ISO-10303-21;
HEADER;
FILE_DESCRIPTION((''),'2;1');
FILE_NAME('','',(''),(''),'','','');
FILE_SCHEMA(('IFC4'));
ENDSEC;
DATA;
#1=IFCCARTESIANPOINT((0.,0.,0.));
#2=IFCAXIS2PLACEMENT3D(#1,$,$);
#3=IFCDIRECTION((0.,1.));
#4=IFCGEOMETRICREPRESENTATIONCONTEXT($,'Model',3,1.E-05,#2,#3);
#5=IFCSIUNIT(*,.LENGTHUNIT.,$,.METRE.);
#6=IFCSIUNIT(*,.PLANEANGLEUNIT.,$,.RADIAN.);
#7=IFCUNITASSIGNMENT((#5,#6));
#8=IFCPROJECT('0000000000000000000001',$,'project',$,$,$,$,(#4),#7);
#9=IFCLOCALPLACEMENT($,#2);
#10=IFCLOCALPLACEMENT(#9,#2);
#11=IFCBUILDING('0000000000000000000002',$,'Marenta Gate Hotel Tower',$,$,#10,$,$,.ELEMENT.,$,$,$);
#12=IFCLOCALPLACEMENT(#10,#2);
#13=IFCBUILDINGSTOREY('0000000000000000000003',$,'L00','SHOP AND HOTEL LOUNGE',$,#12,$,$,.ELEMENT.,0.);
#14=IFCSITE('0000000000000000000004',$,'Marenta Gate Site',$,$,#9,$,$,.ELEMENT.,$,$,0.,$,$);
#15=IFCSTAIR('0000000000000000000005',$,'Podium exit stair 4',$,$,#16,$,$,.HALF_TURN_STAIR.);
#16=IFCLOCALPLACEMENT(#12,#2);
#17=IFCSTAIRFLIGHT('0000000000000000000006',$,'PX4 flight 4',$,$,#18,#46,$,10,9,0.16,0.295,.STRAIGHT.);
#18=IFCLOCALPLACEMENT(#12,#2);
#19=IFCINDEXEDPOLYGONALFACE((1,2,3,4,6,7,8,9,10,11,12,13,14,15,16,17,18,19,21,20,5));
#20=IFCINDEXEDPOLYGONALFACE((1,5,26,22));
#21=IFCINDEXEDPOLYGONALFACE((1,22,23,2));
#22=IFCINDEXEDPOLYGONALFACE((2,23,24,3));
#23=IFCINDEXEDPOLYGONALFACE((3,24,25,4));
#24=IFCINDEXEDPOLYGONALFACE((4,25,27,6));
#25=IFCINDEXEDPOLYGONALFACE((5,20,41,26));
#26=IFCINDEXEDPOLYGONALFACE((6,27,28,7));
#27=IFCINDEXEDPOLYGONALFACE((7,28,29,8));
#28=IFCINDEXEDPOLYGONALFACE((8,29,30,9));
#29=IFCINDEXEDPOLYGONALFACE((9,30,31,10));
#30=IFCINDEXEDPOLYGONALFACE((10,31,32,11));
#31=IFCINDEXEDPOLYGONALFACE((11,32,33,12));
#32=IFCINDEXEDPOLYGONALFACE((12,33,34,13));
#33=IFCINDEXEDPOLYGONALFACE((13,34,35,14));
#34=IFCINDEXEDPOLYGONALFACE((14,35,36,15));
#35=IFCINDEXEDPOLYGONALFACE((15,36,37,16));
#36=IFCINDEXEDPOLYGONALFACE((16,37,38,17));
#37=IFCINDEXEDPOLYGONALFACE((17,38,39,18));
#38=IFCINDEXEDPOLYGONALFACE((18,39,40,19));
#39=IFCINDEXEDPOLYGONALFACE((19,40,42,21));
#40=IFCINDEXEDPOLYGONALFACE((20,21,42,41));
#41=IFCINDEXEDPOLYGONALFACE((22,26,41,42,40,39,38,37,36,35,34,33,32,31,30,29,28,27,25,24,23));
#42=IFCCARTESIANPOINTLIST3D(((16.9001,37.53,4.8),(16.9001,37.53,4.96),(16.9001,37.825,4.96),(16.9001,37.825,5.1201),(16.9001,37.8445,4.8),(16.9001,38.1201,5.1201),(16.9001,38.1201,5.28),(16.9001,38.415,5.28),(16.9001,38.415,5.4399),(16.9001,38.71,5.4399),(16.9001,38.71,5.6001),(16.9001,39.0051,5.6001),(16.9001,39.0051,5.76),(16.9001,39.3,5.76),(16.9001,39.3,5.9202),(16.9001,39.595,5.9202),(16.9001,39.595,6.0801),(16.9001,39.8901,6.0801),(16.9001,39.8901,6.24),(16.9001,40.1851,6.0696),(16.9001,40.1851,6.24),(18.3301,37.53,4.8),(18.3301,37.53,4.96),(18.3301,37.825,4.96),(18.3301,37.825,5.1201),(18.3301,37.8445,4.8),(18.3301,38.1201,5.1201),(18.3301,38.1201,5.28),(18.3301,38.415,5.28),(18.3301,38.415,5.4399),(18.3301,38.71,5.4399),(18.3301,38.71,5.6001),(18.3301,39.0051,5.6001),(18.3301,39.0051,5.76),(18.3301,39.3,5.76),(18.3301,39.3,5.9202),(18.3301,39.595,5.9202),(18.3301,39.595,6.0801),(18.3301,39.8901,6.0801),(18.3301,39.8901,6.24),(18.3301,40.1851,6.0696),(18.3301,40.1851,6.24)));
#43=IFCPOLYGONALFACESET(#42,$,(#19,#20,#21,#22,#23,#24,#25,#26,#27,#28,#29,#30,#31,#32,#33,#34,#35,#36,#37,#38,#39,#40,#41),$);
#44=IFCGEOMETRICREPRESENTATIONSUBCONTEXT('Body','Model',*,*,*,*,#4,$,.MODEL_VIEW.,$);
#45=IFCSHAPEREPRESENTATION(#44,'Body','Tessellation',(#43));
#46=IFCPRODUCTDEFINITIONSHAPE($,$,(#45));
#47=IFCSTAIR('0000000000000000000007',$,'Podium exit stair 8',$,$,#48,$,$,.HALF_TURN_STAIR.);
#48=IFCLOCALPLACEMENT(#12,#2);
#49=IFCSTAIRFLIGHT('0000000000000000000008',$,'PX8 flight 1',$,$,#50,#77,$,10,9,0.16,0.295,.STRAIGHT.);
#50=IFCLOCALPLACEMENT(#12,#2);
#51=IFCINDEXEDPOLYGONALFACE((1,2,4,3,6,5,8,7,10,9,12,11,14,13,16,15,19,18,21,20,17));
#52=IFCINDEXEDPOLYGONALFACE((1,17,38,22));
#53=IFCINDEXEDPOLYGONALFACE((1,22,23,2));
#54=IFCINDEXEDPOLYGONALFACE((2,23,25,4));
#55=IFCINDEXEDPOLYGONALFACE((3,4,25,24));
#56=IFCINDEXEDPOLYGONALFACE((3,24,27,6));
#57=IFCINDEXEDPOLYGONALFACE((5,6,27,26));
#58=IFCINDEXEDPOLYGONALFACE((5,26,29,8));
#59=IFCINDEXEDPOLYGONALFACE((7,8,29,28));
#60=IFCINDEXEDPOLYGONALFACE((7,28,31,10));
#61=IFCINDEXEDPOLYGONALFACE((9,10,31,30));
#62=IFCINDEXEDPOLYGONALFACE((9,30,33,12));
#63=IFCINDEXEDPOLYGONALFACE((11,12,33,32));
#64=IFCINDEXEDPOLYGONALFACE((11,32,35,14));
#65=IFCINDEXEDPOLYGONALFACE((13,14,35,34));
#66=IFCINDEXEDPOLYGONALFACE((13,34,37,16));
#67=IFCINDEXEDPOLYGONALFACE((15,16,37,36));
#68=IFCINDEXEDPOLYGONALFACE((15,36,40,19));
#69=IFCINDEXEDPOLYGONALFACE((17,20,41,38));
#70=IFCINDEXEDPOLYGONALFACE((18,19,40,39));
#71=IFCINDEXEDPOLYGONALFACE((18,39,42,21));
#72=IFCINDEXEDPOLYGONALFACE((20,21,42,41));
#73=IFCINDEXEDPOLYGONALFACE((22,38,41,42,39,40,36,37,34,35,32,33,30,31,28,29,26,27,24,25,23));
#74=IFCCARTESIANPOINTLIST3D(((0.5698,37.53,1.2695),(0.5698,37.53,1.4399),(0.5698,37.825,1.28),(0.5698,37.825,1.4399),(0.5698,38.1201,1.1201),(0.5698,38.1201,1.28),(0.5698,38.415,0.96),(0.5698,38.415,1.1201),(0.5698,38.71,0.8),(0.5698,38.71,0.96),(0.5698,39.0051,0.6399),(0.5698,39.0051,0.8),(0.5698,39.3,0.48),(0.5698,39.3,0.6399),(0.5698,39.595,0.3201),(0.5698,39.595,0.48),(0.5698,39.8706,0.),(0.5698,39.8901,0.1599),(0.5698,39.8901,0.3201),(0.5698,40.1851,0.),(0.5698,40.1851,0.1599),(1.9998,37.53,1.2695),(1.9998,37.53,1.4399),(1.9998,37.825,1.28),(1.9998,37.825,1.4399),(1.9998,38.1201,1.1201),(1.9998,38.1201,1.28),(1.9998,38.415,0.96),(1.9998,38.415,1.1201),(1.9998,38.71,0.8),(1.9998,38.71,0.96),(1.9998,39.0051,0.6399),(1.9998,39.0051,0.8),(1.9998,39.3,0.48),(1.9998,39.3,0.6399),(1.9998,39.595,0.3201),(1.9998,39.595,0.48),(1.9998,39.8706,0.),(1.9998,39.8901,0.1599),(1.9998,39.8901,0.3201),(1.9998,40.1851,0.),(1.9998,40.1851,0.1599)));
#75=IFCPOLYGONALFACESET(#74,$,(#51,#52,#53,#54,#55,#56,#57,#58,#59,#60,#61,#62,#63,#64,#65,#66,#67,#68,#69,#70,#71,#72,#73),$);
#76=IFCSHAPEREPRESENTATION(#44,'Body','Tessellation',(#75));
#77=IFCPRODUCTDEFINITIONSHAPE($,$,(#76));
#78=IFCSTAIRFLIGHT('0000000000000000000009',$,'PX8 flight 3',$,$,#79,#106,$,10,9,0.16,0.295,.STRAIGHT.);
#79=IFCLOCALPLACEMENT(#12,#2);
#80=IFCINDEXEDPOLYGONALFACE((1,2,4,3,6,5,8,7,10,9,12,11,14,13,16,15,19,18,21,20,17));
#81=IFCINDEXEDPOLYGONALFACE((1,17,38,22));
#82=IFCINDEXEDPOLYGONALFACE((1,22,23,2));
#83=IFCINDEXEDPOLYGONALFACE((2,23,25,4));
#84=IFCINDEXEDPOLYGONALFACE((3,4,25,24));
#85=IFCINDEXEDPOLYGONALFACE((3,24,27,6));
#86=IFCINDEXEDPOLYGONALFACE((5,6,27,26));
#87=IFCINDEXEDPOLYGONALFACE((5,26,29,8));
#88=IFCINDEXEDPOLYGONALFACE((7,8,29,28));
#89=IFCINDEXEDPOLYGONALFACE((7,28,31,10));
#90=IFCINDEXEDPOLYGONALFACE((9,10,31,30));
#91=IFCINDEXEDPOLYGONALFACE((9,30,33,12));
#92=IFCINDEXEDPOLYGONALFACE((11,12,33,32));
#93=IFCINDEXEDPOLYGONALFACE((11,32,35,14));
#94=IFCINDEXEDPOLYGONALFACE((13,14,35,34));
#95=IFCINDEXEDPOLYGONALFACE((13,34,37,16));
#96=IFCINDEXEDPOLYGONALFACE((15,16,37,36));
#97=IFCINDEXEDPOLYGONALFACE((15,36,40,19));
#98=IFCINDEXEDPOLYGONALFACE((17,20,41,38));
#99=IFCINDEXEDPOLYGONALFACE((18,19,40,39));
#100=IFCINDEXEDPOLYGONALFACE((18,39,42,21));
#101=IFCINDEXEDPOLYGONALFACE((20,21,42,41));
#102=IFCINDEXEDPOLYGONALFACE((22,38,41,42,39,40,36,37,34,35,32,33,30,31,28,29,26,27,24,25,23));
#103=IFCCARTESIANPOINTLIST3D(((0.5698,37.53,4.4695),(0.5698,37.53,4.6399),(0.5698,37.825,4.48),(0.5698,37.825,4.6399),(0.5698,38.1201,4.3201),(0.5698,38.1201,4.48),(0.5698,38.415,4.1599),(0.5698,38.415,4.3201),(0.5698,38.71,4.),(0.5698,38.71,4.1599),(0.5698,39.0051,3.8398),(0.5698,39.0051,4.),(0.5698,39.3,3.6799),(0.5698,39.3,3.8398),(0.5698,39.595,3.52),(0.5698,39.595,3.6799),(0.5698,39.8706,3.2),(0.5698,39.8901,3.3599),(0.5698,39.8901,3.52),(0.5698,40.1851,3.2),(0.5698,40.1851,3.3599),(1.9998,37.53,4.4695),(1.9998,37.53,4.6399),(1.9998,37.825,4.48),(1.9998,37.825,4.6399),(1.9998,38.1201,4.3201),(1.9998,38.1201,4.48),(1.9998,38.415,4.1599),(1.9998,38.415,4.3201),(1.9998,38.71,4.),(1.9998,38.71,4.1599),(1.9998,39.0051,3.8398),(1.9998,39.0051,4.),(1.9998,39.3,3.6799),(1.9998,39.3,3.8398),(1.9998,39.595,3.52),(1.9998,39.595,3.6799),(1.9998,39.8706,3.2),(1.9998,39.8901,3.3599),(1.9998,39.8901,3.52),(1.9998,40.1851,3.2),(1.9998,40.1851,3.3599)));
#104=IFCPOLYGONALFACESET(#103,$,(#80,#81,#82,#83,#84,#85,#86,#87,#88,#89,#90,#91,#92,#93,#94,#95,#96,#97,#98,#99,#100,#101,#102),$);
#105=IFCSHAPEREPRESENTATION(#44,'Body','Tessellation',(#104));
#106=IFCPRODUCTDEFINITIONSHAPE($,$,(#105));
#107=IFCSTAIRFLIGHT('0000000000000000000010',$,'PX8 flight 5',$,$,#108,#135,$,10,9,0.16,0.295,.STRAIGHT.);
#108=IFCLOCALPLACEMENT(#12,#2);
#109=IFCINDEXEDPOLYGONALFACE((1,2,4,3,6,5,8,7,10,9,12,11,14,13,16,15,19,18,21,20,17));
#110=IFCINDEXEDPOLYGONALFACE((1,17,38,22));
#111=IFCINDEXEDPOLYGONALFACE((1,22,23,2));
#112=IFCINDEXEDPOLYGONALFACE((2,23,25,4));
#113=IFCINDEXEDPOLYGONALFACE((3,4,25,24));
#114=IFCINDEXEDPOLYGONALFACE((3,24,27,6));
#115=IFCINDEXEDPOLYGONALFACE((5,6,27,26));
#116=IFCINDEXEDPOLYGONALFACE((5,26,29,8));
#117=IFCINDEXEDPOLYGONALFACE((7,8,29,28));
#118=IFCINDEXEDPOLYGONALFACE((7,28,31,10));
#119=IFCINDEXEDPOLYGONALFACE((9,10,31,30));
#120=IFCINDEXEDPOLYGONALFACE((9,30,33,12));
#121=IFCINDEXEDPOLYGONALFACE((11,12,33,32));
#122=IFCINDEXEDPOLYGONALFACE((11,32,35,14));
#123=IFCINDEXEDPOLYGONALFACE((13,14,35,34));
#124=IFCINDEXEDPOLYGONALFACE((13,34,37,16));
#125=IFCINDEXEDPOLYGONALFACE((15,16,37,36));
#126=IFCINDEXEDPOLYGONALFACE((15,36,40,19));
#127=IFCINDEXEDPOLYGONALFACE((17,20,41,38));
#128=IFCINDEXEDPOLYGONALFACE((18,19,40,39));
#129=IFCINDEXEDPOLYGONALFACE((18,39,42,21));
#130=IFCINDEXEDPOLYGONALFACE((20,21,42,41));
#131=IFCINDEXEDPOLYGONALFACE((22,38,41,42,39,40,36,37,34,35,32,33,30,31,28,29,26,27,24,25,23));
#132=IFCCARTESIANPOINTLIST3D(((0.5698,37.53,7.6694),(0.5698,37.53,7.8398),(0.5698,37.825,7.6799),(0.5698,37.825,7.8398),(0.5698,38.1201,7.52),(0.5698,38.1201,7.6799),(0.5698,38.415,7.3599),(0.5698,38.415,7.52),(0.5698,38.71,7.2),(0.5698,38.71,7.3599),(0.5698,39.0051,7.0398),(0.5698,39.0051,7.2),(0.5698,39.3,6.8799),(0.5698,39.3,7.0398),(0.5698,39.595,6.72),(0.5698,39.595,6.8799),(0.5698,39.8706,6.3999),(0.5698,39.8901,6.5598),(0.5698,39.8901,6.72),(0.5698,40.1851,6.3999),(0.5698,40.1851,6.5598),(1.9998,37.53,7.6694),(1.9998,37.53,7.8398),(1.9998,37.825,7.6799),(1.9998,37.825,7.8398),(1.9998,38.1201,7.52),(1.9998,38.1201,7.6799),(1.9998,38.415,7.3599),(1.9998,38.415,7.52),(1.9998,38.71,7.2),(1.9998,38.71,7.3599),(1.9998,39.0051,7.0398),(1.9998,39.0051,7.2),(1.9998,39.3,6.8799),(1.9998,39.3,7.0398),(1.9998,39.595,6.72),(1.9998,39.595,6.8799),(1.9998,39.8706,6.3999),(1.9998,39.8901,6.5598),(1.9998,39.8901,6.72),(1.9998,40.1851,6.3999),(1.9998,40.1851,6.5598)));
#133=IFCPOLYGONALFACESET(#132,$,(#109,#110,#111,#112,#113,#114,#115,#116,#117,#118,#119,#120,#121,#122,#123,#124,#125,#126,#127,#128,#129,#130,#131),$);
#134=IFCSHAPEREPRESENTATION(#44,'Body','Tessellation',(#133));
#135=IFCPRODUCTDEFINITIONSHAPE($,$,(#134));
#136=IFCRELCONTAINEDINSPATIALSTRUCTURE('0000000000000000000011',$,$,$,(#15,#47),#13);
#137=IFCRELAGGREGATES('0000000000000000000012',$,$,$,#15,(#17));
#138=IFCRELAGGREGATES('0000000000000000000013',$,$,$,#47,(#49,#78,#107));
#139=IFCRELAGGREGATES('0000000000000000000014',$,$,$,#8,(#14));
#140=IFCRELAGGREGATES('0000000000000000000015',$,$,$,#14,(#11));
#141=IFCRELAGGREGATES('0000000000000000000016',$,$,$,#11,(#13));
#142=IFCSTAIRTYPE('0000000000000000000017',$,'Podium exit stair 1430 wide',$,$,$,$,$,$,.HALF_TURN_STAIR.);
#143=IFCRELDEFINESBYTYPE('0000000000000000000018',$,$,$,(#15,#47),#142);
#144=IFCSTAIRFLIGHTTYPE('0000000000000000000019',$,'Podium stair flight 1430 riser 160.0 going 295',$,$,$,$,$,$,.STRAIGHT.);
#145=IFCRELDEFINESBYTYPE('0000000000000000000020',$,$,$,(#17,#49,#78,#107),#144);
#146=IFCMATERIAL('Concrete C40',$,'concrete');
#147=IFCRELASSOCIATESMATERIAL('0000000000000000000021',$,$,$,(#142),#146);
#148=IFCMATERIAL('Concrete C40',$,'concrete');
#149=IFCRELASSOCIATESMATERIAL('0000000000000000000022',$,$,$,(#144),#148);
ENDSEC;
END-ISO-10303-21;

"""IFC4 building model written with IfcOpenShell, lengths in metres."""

from ifc_helpers import new_model, si_unit, direction, frame, origin, place, context, subcontext, project, spatial, polyline, outline, extrude, material, type_object, element, aggregate, save


model = new_model("IFC4")

# Units and contexts
model_context = context("Model", 3, precision=1e-05, world=origin(), true_north=direction((0.0, 1.0)))
body_context = subcontext(model_context, "Body", "Model", "MODEL_VIEW")
ifc_project = project(units=[si_unit("LENGTHUNIT", "METRE"), si_unit("PLANEANGLEUNIT", "RADIAN")], contexts=[model_context])

# Site, building, storey
site_placement = place(None, origin())
site = spatial("IfcSite", under=ifc_project, at=site_placement, Name="Marenta Gate Site", CompositionType="ELEMENT", RefElevation=0.0)
building_placement = place(site_placement, origin())
building = spatial("IfcBuilding", under=site, at=building_placement, Name="Marenta Gate Hotel Tower", CompositionType="ELEMENT")
storey_placement = place(building_placement, origin())
storey = spatial("IfcBuildingStorey", under=building, at=storey_placement, Name="L00", Description="SHOP AND HOTEL LOUNGE", CompositionType="ELEMENT", Elevation=0.0)

# Stairs, stair flights
ifc_material_1 = material(Name="Concrete C40", Category="concrete")
stair_type = type_object("IfcStairType", Name="Podium exit stair 1430 wide", PredefinedType="HALF_TURN_STAIR", material=ifc_material_1)
stair_1_placement = place(storey_placement, origin())
stair_1 = element("IfcStair", 1, at=stair_1_placement, inside=storey, type_object=stair_type, Name="Podium exit stair 4", PredefinedType="HALF_TURN_STAIR")
ifc_material_2 = material(Name="Concrete C40", Category="concrete")
stair_flight_type = type_object("IfcStairFlightType", Name="Podium stair flight 1430 riser 160.0 going 295", PredefinedType="STRAIGHT", material=ifc_material_2)
stair_flight_1_placement = place(storey_placement, frame((17.615, 37.53, 4.8), z_axis=(0.0, 0.0, 1.0), x_axis=(0.0, 1.0, 0.0)))
stair_flight_1 = element("IfcStairFlight", 2, at=stair_flight_1_placement, type_object=stair_flight_type, Name="PX4 flight 4", NumberOfRisers=10, NumberOfTreads=9, PredefinedType="STRAIGHT", RiserHeight=0.16, TreadLength=0.295, context=body_context, shape_type="SweptSolid", body=[
    extrude(outline(polyline([(0.0, 0.0), (0.0, 0.1599), (0.2949, 0.1599), (0.2949, 0.3201), (0.5901, 0.3201), (0.5901, 0.48), (0.885, 0.48), (0.885, 0.6399), (1.1799, 0.6399), (1.1799, 0.8), (1.4751, 0.8), (1.4751, 0.96), (1.77, 0.96), (1.77, 1.1201), (2.0649, 1.1201), (2.0649, 1.28), (2.3601, 1.28), (2.3601, 1.4399), (2.655, 1.4399), (2.655, 1.6001), (2.655, 1.2695), (0.3145, 0.0), (0.0, 0.0)])), frame((0.0, 0.7148, 0.0), z_axis=(0.0, -1.0, 0.0), x_axis=(1.0, 0.0, 0.0)), (0.0, 0.0, 1.0), 1.4299),
])
aggregate(stair_1, [stair_flight_1])
stair_2_placement = place(storey_placement, origin())
stair_2 = element("IfcStair", 3, at=stair_2_placement, inside=storey, type_object=stair_type, Name="Podium exit stair 8", PredefinedType="HALF_TURN_STAIR")
stair_flight_2_placement = place(storey_placement, frame((1.2849, 40.1851, 0.0), z_axis=(0.0, 0.0, 1.0), x_axis=(0.0, -1.0, 0.0)))
stair_flight_2 = element("IfcStairFlight", 4, at=stair_flight_2_placement, type_object=stair_flight_type, Name="PX8 flight 1", NumberOfRisers=10, NumberOfTreads=9, PredefinedType="STRAIGHT", RiserHeight=0.16, TreadLength=0.295, context=body_context, shape_type="SweptSolid", body=[
    extrude(outline(polyline([(0.0, 0.0), (0.0, 0.1599), (0.2949, 0.1599), (0.2949, 0.3201), (0.5901, 0.3201), (0.5901, 0.48), (0.885, 0.48), (0.885, 0.6399), (1.1799, 0.6399), (1.1799, 0.8), (1.4751, 0.8), (1.4751, 0.96), (1.77, 0.96), (1.77, 1.1201), (2.0649, 1.1201), (2.0649, 1.28), (2.3601, 1.28), (2.3601, 1.4399), (2.655, 1.4399), (2.655, 1.6001), (2.655, 1.2695), (0.3145, 0.0), (0.0, 0.0)])), frame((0.0, 0.7148, 0.0), z_axis=(0.0, -1.0, 0.0), x_axis=(1.0, 0.0, 0.0)), (0.0, 0.0, 1.0), 1.4299),
])
stair_flight_3_placement = place(storey_placement, frame((1.2849, 40.1851, 3.2), z_axis=(0.0, 0.0, 1.0), x_axis=(0.0, -1.0, 0.0)))
stair_flight_3 = element("IfcStairFlight", 5, at=stair_flight_3_placement, type_object=stair_flight_type, Name="PX8 flight 3", NumberOfRisers=10, NumberOfTreads=9, PredefinedType="STRAIGHT", RiserHeight=0.16, TreadLength=0.295, context=body_context, shape_type="SweptSolid", body=[
    extrude(outline(polyline([(0.0, 0.0), (0.0, 0.1599), (0.2949, 0.1599), (0.2949, 0.3201), (0.5901, 0.3201), (0.5901, 0.48), (0.885, 0.48), (0.885, 0.6399), (1.1799, 0.6399), (1.1799, 0.8), (1.4751, 0.8), (1.4751, 0.96), (1.77, 0.96), (1.77, 1.1201), (2.0649, 1.1201), (2.0649, 1.28), (2.3601, 1.28), (2.3601, 1.4399), (2.655, 1.4399), (2.655, 1.6001), (2.655, 1.2695), (0.3145, 0.0), (0.0, 0.0)])), frame((0.0, 0.7148, 0.0), z_axis=(0.0, -1.0, 0.0), x_axis=(1.0, 0.0, 0.0)), (0.0, 0.0, 1.0), 1.4299),
])
stair_flight_4_placement = place(storey_placement, frame((1.2849, 40.1851, 6.3999), z_axis=(0.0, 0.0, 1.0), x_axis=(0.0, -1.0, 0.0)))
stair_flight_4 = element("IfcStairFlight", 6, at=stair_flight_4_placement, type_object=stair_flight_type, Name="PX8 flight 5", NumberOfRisers=10, NumberOfTreads=9, PredefinedType="STRAIGHT", RiserHeight=0.16, TreadLength=0.295, context=body_context, shape_type="SweptSolid", body=[
    extrude(outline(polyline([(0.0, 0.0), (0.0, 0.1599), (0.2949, 0.1599), (0.2949, 0.3201), (0.5901, 0.3201), (0.5901, 0.48), (0.885, 0.48), (0.885, 0.6399), (1.1799, 0.6399), (1.1799, 0.8), (1.4751, 0.8), (1.4751, 0.96), (1.77, 0.96), (1.77, 1.1201), (2.0649, 1.1201), (2.0649, 1.28), (2.3601, 1.28), (2.3601, 1.4399), (2.655, 1.4399), (2.655, 1.6001), (2.655, 1.2695), (0.3145, 0.0), (0.0, 0.0)])), frame((0.0, 0.7148, 0.0), z_axis=(0.0, -1.0, 0.0), x_axis=(1.0, 0.0, 0.0)), (0.0, 0.0, 1.0), 1.4299),
])
aggregate(stair_2, [stair_flight_2, stair_flight_3, stair_flight_4])

save(model, "model.ifc")
